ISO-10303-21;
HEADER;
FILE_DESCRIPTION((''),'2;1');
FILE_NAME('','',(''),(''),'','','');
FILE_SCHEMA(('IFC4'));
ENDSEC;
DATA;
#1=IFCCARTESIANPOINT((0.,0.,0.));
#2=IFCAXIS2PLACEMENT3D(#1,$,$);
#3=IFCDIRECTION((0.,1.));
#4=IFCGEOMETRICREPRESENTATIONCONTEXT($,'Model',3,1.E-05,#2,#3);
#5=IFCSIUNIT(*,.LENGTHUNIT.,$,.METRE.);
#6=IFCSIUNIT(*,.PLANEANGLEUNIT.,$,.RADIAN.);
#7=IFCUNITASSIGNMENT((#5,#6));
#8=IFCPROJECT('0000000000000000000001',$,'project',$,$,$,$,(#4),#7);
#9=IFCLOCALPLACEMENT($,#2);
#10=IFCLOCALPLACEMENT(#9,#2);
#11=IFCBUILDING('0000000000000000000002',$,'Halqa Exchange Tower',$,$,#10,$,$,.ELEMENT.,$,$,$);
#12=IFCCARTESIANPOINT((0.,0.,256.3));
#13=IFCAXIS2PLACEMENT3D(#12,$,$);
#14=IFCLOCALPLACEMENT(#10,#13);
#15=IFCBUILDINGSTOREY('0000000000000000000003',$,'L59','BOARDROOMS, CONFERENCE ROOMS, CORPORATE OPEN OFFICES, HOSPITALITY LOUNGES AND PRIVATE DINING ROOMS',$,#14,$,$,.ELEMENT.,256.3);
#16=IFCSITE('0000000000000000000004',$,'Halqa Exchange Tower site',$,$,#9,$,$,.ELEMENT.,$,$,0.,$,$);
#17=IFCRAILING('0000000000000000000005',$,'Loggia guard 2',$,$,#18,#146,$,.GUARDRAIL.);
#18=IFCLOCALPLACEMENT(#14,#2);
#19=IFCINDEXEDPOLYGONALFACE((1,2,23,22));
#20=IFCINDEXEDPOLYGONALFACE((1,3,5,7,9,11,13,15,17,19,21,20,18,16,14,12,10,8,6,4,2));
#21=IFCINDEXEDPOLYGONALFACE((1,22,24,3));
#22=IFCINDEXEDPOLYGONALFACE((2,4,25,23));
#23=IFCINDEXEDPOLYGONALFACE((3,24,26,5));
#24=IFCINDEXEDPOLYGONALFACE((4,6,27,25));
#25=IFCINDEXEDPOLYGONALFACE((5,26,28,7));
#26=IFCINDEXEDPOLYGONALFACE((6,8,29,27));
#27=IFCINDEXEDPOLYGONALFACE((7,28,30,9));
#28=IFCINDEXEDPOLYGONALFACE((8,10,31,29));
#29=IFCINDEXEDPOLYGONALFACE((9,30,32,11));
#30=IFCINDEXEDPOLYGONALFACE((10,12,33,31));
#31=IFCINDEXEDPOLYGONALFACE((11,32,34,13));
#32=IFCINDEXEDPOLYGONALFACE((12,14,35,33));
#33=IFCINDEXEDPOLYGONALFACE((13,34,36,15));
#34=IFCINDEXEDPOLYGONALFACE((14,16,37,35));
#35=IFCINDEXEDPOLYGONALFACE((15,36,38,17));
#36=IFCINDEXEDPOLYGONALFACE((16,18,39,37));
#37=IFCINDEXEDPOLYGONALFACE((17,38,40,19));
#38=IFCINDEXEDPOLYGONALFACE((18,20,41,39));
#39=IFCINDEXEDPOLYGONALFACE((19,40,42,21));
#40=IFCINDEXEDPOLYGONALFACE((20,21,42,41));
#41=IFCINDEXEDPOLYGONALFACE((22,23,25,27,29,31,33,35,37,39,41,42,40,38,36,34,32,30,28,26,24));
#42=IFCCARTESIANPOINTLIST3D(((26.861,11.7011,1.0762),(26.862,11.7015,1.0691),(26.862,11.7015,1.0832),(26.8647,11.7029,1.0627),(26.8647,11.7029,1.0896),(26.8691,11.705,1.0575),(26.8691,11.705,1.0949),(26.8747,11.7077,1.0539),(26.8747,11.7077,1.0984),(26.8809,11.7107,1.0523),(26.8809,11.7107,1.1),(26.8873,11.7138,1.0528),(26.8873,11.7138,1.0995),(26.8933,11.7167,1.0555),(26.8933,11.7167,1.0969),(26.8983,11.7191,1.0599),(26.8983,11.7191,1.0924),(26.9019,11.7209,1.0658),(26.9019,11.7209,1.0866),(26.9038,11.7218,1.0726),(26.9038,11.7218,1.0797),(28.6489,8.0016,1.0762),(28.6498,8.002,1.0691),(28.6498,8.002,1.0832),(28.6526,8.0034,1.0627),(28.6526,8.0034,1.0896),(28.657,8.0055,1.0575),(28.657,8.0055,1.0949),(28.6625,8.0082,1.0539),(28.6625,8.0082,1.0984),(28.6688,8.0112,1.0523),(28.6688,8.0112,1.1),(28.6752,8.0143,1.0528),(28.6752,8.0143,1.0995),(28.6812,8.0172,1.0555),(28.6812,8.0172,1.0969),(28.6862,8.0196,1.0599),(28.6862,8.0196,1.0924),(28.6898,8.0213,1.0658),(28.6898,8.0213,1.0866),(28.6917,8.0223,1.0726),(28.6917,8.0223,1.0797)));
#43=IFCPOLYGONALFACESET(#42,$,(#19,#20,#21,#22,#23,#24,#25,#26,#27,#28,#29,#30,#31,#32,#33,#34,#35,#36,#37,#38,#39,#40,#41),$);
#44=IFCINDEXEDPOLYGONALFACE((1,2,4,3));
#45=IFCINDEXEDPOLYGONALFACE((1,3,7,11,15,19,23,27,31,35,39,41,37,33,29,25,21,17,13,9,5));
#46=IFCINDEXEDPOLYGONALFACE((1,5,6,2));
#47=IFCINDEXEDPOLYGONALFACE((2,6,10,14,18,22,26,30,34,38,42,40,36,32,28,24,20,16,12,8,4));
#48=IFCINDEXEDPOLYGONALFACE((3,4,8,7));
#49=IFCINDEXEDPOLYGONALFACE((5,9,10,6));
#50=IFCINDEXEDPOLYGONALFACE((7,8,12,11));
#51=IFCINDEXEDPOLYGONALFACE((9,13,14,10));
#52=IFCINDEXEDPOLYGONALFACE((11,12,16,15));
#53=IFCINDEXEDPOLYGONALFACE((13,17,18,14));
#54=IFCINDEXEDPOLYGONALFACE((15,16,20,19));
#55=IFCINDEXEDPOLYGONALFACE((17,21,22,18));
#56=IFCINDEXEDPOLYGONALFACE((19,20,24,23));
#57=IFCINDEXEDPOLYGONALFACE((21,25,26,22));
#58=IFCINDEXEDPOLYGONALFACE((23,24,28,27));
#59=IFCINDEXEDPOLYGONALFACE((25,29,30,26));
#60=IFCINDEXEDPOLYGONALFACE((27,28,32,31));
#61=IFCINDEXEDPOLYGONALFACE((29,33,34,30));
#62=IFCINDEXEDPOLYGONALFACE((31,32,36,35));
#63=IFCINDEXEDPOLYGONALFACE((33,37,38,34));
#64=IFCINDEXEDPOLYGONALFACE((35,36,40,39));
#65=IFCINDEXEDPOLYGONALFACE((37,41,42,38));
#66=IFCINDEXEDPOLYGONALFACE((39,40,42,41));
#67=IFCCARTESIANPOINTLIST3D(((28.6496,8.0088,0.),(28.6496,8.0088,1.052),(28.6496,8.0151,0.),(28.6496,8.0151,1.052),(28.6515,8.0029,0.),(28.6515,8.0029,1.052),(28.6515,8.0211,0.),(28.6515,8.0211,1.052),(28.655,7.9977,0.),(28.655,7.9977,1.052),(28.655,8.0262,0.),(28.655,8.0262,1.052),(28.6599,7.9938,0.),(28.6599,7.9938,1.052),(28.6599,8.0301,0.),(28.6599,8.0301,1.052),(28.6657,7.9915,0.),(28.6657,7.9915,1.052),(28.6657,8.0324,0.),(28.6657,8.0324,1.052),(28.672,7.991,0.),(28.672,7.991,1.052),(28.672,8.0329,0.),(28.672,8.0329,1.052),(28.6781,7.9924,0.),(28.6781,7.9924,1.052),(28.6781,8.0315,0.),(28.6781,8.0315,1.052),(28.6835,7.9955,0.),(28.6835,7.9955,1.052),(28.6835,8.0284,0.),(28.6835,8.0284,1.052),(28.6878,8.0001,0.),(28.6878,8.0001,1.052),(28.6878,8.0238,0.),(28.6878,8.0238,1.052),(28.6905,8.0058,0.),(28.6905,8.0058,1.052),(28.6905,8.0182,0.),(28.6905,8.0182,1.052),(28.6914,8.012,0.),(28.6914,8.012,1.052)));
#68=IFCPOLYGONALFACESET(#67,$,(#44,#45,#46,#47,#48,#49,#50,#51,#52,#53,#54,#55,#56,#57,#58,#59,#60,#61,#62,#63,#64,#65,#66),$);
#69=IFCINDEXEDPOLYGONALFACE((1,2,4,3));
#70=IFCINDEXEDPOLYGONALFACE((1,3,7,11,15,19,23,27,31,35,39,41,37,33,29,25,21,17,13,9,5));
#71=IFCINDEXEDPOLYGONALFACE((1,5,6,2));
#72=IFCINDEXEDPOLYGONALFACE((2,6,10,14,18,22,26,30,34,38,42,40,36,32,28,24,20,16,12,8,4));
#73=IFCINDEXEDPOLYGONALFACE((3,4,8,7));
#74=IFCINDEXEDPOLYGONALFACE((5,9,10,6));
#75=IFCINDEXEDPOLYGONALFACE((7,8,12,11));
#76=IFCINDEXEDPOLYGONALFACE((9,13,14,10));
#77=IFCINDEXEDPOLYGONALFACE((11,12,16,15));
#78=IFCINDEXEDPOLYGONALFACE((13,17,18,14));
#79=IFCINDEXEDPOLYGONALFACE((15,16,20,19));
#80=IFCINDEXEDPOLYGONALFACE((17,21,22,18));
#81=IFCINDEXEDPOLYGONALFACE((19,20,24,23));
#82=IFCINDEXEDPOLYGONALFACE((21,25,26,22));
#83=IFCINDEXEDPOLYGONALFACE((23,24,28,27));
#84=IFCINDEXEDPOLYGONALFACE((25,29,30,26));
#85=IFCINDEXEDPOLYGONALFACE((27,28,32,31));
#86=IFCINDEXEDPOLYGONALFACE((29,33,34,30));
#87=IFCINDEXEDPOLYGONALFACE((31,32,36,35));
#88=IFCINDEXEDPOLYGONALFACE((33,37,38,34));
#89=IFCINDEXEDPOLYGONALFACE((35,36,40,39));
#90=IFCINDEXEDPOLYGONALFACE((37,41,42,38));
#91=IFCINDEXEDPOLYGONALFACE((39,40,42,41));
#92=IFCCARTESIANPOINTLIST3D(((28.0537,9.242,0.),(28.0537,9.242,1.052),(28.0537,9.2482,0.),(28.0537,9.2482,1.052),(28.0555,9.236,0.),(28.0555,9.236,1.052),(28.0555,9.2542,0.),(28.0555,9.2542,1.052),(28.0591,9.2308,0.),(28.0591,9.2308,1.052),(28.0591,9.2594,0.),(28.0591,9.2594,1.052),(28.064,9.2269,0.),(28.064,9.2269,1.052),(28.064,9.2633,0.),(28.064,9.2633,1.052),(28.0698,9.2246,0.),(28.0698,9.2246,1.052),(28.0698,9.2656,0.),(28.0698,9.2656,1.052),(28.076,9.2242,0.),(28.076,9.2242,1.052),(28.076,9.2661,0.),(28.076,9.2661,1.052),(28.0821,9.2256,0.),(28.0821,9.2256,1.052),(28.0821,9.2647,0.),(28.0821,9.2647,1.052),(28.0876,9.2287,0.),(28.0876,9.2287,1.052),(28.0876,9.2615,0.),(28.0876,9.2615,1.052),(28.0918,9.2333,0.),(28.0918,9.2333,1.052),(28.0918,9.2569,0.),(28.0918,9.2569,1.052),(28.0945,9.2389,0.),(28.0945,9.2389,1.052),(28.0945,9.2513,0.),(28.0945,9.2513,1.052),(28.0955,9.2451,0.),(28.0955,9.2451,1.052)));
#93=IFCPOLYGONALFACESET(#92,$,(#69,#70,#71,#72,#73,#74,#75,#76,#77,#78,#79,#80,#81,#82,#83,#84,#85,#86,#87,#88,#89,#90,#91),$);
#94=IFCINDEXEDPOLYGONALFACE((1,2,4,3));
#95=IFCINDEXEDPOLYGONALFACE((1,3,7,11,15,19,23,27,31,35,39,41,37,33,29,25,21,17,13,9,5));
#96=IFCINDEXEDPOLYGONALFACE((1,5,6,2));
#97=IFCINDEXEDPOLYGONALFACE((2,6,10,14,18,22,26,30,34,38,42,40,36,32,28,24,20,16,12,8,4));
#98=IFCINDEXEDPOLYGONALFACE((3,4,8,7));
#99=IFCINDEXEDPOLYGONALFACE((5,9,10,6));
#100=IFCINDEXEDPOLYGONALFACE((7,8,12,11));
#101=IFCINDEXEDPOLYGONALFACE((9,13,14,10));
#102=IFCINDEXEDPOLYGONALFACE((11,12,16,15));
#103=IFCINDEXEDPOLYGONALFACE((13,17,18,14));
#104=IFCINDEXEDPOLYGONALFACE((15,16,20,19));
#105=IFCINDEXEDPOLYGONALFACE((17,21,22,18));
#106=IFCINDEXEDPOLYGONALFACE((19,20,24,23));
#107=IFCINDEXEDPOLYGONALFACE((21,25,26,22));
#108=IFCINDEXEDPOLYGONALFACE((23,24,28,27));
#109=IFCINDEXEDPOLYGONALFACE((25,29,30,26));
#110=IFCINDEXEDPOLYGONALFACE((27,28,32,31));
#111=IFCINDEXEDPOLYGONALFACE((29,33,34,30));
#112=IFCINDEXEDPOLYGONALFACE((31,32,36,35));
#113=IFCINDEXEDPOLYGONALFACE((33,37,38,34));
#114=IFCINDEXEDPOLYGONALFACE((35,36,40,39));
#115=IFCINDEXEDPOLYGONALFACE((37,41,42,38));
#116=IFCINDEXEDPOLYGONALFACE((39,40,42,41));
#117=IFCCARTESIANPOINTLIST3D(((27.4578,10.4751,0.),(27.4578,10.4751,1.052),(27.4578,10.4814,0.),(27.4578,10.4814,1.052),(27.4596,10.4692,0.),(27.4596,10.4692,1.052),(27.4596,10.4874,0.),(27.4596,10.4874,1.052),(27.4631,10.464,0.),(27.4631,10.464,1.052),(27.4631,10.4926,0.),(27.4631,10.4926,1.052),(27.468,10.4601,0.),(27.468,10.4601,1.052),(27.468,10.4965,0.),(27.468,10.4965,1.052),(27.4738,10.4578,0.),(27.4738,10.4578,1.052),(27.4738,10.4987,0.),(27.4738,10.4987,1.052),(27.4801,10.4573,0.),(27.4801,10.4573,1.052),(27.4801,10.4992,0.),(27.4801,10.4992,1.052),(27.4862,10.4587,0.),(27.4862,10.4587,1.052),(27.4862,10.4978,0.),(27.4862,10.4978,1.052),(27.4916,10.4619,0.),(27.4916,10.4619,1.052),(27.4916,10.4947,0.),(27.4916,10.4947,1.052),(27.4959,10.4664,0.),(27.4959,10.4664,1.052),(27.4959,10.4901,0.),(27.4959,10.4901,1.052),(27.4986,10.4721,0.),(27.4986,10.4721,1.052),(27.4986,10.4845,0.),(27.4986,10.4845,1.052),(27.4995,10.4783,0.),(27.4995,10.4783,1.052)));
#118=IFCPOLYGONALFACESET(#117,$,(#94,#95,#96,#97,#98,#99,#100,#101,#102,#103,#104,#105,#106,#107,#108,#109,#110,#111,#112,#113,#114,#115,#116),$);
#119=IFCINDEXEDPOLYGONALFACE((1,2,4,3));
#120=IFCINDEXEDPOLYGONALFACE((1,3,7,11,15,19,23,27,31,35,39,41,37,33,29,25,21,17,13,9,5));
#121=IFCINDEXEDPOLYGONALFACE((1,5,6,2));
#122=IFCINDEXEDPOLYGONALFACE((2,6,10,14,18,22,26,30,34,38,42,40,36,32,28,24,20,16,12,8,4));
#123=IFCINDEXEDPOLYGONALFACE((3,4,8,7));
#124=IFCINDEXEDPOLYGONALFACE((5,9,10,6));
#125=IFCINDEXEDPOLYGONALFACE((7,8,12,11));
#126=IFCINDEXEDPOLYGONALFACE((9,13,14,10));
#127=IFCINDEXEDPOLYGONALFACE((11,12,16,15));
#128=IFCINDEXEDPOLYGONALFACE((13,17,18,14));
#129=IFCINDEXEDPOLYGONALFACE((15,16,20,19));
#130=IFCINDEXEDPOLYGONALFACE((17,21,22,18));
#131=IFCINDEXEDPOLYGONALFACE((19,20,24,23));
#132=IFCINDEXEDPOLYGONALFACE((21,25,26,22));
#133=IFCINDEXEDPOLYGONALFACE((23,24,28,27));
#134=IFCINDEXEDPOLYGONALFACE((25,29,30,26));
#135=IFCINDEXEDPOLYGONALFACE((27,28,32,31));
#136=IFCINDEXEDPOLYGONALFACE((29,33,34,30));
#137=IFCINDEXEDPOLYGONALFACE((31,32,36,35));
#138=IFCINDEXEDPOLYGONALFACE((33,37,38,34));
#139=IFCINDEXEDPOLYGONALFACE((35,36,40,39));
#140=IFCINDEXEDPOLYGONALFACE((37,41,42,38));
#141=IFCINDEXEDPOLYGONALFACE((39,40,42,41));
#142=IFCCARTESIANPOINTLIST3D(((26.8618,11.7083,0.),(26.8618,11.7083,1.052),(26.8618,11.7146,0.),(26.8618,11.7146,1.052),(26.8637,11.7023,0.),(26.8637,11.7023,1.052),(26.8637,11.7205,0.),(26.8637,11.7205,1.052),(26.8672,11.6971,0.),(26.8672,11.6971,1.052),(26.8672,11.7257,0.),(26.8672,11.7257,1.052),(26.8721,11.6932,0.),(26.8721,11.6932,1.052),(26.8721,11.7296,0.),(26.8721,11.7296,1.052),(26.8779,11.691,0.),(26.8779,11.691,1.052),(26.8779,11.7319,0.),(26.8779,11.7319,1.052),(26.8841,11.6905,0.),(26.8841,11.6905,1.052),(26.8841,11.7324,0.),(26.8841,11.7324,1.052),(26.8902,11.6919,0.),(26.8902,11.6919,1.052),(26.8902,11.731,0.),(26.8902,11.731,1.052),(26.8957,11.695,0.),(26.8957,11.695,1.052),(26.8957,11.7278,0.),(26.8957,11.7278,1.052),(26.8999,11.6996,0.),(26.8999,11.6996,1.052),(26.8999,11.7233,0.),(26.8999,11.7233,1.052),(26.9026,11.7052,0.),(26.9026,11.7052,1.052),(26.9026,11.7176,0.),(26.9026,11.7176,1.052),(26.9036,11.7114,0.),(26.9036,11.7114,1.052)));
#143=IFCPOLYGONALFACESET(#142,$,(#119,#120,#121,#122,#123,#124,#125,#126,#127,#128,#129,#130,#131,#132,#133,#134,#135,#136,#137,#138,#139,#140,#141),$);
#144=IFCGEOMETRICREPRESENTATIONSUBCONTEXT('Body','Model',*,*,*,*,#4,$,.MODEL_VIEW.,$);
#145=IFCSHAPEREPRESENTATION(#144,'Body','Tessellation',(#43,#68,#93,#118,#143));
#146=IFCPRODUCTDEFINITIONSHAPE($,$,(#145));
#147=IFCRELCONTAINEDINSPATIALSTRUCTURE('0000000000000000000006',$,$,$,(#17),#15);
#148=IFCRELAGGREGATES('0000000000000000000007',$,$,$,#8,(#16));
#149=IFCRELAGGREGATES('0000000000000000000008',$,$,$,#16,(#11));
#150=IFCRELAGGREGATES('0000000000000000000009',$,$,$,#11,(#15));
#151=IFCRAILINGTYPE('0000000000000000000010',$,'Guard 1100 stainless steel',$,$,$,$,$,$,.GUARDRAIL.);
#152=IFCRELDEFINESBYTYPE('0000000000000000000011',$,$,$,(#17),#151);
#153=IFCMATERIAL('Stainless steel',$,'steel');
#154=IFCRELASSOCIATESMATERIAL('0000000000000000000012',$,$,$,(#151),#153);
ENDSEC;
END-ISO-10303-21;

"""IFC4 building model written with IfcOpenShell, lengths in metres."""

from ifc_helpers import new_model, si_unit, direction, frame, origin, origin_2d, place, context, subcontext, project, spatial, circle, extrude, material, type_object, element, save


model = new_model("IFC4")

# Units and contexts
model_context = context("Model", 3, precision=1e-05, world=origin(), true_north=direction((0.0, 1.0)))
body_context = subcontext(model_context, "Body", "Model", "MODEL_VIEW")
ifc_project = project(units=[si_unit("LENGTHUNIT", "METRE"), si_unit("PLANEANGLEUNIT", "RADIAN")], contexts=[model_context])

# Site, building, storey
site_placement = place(None, origin())
site = spatial("IfcSite", under=ifc_project, at=site_placement, Name="Halqa Exchange Tower site", CompositionType="ELEMENT", RefElevation=0.0)
building_placement = place(site_placement, origin())
building = spatial("IfcBuilding", under=site, at=building_placement, Name="Halqa Exchange Tower", CompositionType="ELEMENT")
storey_placement = place(building_placement, frame((0.0, 0.0, 256.3)))
storey = spatial("IfcBuildingStorey", under=building, at=storey_placement, Name="L59", Description="BOARDROOMS, CONFERENCE ROOMS, CORPORATE OPEN OFFICES, HOSPITALITY LOUNGES AND PRIVATE DINING ROOMS", CompositionType="ELEMENT", Elevation=256.3)

# Railing
ifc_material_1 = material(Name="Stainless steel", Category="steel")
railing_type = type_object("IfcRailingType", Name="Guard 1100 stainless steel", PredefinedType="GUARDRAIL", material=ifc_material_1)
railing_1_placement = place(storey_placement, frame((28.6704, 8.012, 0.0)))
element("IfcRailing", 1, at=railing_1_placement, inside=storey, type_object=railing_type, Name="Loggia guard 2", PredefinedType="GUARDRAIL", context=body_context, shape_type="SweptSolid", body=[
    extrude(circle(Radius=0.0239, at=origin_2d()), frame((0.0, 0.0, 1.0762), z_axis=(-0.435123, 0.900371, 0.0), x_axis=(-0.900371, -0.435123, 0.0)), (0.0, 0.0, 1.0), 4.1089),
    extrude(circle(Radius=0.021, at=origin_2d()), origin(), (0.0, 0.0, 1.0), 1.052),
    extrude(circle(Radius=0.021, at=origin_2d()), frame((-0.5959, 1.2332, 0.0)), (0.0, 0.0, 1.0), 1.052),
    extrude(circle(Radius=0.021, at=origin_2d()), frame((-1.1919, 2.4663, 0.0)), (0.0, 0.0, 1.0), 1.052),
    extrude(circle(Radius=0.021, at=origin_2d()), frame((-1.7878, 3.6995, 0.0)), (0.0, 0.0, 1.0), 1.052),
])

save(model, "model.ifc")
